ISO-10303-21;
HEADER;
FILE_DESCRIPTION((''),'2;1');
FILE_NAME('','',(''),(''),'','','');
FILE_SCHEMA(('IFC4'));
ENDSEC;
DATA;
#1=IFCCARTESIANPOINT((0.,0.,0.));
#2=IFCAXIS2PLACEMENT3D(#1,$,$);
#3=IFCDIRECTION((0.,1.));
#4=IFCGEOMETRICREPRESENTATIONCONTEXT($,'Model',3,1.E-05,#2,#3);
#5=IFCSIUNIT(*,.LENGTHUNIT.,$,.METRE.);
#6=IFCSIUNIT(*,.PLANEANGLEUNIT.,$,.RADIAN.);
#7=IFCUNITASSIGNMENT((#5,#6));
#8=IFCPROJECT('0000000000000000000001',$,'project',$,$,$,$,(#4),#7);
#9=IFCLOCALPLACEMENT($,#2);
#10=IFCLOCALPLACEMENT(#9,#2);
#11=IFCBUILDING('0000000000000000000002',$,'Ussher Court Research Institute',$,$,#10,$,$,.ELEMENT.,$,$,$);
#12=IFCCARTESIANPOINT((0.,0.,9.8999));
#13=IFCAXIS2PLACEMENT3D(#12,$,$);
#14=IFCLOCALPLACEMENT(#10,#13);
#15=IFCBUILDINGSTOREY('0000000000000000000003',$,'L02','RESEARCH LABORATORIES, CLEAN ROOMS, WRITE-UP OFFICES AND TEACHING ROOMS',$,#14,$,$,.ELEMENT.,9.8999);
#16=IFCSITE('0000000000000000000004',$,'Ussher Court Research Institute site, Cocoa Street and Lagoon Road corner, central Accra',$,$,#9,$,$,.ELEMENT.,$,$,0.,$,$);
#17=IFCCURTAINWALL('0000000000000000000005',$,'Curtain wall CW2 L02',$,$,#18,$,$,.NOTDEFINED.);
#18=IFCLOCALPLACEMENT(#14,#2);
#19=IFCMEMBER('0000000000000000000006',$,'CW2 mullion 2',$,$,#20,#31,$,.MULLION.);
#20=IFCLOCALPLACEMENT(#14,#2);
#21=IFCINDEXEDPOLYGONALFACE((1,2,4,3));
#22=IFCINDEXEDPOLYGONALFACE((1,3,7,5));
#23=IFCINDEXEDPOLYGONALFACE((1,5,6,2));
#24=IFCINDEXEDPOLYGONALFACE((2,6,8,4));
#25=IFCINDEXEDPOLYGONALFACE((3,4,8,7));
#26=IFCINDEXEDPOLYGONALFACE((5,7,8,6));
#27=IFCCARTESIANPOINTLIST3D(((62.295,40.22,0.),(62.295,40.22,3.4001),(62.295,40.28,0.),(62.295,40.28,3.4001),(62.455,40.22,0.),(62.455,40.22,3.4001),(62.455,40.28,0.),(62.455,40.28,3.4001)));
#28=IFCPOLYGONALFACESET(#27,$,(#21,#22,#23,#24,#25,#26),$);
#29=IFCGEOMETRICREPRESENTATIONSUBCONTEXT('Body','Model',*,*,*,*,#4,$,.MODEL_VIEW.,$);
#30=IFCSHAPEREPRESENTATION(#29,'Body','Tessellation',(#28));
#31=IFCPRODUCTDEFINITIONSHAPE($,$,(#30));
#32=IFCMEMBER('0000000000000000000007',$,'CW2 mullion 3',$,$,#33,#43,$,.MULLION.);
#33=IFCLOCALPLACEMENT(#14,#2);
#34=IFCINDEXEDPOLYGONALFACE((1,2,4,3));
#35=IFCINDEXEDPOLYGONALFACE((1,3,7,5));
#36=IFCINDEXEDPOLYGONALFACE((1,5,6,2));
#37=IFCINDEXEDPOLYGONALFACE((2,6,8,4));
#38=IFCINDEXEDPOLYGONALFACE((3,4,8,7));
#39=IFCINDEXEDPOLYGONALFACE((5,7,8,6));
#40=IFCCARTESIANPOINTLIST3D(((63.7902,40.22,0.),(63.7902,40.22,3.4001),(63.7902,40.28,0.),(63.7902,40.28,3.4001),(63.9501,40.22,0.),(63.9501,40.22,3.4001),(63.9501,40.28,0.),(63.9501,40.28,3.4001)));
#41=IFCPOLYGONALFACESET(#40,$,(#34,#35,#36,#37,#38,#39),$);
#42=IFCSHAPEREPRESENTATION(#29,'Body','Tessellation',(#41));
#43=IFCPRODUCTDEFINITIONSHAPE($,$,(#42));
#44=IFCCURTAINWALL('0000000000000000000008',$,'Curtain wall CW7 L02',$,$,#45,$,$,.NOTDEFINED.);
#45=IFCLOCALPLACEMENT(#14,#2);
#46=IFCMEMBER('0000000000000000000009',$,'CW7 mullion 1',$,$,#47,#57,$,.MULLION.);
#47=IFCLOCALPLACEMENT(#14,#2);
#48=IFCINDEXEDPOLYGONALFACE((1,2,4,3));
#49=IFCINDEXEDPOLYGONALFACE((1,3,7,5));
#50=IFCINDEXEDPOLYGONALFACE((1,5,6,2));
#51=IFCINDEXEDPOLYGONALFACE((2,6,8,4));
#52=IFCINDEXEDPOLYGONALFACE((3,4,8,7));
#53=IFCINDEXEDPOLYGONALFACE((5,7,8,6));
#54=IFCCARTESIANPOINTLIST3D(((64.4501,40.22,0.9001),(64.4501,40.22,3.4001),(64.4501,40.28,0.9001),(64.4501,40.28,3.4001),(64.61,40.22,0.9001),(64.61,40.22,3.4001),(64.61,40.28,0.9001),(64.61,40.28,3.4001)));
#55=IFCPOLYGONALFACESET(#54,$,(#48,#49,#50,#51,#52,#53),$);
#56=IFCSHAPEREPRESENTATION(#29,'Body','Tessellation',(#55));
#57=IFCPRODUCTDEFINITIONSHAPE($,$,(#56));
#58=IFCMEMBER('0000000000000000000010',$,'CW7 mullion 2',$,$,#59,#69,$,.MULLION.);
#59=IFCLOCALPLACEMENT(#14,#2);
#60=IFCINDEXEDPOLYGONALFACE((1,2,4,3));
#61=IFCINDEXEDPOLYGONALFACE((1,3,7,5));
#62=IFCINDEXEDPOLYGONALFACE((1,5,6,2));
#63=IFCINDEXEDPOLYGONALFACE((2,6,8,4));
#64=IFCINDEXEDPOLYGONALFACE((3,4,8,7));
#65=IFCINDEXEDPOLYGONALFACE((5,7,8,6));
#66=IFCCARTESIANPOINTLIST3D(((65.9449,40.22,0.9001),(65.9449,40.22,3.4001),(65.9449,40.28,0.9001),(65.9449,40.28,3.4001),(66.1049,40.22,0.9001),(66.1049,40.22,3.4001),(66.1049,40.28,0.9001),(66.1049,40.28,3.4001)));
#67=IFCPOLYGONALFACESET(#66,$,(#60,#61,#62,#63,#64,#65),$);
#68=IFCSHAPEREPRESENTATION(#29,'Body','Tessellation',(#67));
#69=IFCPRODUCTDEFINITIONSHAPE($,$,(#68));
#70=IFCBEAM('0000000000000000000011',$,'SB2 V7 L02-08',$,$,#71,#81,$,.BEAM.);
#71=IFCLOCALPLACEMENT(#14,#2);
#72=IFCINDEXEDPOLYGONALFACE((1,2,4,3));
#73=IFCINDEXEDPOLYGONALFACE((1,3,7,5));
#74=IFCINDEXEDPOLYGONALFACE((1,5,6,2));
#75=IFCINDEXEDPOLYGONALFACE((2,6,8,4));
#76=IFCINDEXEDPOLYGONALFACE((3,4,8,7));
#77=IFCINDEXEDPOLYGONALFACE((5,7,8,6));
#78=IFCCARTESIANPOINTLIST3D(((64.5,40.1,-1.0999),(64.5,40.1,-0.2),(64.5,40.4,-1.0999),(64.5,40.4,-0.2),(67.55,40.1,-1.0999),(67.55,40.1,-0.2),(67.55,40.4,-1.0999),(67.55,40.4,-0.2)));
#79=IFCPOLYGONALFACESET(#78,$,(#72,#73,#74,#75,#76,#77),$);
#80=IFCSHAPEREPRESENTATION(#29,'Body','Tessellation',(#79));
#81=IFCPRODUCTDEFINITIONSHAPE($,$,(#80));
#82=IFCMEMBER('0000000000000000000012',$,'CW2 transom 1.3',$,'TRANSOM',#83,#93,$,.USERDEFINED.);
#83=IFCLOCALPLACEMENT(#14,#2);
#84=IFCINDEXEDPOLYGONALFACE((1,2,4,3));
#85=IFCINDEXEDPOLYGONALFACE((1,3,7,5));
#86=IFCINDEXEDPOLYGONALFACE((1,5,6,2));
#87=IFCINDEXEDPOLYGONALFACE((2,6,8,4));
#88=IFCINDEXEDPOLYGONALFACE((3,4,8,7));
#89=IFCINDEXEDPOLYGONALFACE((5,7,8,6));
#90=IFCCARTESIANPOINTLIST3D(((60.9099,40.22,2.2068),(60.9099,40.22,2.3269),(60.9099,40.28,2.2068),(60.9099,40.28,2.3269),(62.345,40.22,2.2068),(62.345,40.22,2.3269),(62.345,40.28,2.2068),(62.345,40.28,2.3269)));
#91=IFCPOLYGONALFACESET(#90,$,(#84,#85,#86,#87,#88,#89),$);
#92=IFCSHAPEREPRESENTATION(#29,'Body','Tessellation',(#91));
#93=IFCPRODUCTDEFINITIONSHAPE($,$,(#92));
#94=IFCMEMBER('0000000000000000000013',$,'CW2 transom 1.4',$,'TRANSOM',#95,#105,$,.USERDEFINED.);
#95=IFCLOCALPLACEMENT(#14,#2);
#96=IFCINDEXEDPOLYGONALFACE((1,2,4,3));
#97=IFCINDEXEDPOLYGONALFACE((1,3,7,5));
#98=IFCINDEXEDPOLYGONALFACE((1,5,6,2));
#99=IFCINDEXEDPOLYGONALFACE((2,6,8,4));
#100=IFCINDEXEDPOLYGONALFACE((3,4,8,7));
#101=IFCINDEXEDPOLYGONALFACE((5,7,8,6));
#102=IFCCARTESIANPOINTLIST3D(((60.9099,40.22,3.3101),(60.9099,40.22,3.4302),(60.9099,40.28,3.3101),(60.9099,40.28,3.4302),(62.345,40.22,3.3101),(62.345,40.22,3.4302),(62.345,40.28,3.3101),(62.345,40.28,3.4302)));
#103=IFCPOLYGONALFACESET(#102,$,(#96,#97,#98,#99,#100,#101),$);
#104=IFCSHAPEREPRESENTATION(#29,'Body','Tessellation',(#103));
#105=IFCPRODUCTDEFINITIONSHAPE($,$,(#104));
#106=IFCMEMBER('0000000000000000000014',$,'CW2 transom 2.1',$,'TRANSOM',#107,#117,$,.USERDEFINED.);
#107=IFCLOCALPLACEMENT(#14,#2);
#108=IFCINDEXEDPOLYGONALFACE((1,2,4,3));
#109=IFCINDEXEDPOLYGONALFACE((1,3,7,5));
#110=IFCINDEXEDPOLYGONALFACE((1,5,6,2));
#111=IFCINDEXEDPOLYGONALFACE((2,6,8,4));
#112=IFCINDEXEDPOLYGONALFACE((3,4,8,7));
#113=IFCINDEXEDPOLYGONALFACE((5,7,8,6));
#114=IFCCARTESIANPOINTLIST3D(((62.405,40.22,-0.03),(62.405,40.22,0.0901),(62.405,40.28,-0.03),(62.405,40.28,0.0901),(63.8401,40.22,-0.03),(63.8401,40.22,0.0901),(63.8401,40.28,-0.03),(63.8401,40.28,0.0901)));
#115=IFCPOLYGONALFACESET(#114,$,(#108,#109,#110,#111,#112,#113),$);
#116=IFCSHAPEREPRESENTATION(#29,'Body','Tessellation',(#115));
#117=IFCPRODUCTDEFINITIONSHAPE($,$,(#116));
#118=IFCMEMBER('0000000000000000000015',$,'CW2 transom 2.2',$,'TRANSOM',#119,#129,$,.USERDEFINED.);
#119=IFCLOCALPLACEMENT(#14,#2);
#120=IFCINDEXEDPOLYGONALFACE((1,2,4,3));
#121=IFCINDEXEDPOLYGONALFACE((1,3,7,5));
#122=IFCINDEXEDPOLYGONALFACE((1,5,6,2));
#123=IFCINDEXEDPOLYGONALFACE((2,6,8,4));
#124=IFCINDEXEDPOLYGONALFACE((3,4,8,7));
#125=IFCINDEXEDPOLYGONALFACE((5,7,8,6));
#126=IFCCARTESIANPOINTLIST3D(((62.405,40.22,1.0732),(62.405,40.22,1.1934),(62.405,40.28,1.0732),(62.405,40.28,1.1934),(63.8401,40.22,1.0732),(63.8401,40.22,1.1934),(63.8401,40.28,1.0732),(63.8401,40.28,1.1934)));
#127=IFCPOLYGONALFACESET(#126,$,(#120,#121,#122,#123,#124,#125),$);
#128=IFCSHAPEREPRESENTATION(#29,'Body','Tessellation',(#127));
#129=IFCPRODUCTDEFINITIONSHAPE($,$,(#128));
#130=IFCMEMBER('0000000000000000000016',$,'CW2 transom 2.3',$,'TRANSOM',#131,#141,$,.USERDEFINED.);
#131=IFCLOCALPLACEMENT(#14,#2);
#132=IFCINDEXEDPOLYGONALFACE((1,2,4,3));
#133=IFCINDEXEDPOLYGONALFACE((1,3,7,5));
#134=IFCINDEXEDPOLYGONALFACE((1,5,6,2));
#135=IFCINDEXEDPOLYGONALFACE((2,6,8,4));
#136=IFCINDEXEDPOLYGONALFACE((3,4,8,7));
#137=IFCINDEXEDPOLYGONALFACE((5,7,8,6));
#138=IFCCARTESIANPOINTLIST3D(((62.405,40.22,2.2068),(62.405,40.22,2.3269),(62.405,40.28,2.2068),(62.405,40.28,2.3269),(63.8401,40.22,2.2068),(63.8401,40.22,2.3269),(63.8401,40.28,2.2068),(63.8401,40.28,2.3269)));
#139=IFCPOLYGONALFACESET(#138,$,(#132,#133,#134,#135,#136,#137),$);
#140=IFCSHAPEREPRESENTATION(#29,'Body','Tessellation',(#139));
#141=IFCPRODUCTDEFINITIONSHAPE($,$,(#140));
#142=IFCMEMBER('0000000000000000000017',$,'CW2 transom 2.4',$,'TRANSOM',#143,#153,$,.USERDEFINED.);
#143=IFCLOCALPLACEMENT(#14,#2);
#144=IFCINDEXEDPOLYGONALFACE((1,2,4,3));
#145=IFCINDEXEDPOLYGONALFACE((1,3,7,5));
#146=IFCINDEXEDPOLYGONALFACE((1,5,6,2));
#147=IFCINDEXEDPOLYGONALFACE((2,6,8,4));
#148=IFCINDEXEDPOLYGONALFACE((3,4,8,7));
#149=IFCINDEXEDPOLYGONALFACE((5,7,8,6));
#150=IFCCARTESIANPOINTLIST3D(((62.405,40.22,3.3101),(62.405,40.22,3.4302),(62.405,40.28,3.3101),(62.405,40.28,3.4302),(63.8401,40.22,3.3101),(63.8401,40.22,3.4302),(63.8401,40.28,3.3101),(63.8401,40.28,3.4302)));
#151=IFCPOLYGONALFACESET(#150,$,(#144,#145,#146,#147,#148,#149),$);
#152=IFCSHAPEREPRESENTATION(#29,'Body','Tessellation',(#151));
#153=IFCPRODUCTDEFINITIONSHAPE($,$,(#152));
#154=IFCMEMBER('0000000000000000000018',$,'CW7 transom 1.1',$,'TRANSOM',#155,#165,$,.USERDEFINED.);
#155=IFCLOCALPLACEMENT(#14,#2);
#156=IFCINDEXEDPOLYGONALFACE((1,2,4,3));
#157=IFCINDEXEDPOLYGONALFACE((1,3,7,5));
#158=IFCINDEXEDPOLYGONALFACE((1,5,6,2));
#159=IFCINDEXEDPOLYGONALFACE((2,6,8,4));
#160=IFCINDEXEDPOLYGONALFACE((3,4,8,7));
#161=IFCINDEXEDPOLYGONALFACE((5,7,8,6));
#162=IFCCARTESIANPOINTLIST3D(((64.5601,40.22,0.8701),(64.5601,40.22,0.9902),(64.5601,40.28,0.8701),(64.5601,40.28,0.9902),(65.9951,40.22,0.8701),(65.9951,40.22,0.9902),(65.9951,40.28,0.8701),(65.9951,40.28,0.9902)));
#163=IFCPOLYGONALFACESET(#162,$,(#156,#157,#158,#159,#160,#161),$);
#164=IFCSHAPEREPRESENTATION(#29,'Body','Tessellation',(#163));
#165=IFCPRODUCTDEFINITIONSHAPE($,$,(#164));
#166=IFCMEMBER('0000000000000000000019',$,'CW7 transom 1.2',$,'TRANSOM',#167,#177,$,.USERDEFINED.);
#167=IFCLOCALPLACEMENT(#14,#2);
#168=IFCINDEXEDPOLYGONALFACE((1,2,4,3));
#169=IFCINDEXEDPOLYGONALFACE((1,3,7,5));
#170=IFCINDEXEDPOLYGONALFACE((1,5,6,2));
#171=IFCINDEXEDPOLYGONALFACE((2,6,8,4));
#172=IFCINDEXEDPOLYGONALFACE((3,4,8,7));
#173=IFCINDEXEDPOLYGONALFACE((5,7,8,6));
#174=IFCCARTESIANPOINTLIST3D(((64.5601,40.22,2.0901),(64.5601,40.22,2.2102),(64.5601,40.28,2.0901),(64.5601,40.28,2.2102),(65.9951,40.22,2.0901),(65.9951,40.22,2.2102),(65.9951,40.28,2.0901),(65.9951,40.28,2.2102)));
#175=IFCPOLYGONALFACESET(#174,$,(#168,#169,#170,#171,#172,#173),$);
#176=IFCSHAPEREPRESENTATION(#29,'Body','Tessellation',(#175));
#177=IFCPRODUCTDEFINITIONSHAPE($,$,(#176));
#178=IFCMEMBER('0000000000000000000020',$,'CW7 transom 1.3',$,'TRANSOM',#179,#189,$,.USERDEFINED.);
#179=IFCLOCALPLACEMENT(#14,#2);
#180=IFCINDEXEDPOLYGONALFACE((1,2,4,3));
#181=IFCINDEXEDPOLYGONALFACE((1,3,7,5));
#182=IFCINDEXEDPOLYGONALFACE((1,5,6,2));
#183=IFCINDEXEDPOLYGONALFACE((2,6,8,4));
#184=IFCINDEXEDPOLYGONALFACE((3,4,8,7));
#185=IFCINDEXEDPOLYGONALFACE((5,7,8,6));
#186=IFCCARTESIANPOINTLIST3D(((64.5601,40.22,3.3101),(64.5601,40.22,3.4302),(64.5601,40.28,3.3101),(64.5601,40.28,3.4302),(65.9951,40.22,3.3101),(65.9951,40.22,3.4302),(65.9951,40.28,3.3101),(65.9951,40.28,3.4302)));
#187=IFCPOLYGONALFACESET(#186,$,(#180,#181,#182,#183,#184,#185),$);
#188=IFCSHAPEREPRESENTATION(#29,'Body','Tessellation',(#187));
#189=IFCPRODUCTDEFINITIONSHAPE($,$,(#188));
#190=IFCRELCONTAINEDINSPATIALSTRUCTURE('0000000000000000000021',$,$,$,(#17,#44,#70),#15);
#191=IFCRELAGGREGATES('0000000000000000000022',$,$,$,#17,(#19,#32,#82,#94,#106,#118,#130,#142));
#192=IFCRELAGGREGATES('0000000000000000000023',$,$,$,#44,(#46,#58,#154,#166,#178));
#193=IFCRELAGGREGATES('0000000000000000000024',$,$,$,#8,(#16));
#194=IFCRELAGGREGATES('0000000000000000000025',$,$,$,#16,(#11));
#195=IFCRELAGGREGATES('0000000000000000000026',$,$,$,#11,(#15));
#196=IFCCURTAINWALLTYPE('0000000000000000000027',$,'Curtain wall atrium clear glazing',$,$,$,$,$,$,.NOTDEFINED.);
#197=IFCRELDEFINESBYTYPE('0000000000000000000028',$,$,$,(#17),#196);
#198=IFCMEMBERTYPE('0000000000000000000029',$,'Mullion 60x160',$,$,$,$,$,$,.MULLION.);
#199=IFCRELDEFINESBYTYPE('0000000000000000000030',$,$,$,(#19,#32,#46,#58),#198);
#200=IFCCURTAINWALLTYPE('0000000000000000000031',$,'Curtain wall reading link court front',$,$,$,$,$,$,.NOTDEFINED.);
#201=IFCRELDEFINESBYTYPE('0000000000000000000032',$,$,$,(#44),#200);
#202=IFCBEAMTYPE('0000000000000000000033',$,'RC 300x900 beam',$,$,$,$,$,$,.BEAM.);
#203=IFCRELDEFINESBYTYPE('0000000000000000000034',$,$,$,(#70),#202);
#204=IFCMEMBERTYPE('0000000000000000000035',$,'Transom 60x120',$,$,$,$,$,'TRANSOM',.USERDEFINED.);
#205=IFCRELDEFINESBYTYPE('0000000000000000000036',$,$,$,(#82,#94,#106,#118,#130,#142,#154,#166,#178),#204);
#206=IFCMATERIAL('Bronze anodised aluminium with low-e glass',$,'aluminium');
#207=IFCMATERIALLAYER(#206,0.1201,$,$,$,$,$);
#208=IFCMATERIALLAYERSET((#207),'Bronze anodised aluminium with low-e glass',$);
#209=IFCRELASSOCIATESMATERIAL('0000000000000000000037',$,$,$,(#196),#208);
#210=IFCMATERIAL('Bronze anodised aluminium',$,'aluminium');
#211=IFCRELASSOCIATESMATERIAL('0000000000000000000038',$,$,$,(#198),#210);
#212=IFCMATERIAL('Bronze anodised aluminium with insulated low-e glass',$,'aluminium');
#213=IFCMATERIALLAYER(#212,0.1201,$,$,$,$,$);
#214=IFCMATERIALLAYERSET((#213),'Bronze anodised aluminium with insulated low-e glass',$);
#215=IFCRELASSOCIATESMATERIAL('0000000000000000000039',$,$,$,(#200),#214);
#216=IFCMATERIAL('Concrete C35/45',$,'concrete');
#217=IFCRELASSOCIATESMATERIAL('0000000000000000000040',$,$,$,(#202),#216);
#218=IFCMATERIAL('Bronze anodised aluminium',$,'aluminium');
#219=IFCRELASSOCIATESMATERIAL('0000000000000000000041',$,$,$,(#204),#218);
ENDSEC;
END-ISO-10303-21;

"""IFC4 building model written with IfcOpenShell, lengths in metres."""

from ifc_helpers import new_model, si_unit, direction, frame, origin, origin_2d, place, context, subcontext, project, spatial, rectangle, extrude, material, layer, layer_set, material_profile, profile_set, type_object, element, aggregate, save


model = new_model("IFC4")

# Units and contexts
model_context = context("Model", 3, precision=1e-05, world=origin(), true_north=direction((0.0, 1.0)))
body_context = subcontext(model_context, "Body", "Model", "MODEL_VIEW")
ifc_project = project(units=[si_unit("LENGTHUNIT", "METRE"), si_unit("PLANEANGLEUNIT", "RADIAN")], contexts=[model_context])

# Site, building, storey
site_placement = place(None, origin())
site = spatial("IfcSite", under=ifc_project, at=site_placement, Name="Ussher Court Research Institute site, Cocoa Street and Lagoon Road corner, central Accra", CompositionType="ELEMENT", RefElevation=0.0)
building_placement = place(site_placement, origin())
building = spatial("IfcBuilding", under=site, at=building_placement, Name="Ussher Court Research Institute", CompositionType="ELEMENT")
storey_placement = place(building_placement, frame((0.0, 0.0, 9.8999)))
storey = spatial("IfcBuildingStorey", under=building, at=storey_placement, Name="L02", Description="RESEARCH LABORATORIES, CLEAN ROOMS, WRITE-UP OFFICES AND TEACHING ROOMS", CompositionType="ELEMENT", Elevation=9.8999)

# Curtain walls, members
ifc_material_1 = material(Name="Bronze anodised aluminium with low-e glass", Category="aluminium")
ifc_layer_1 = layer(ifc_material_1, 0.1201)
ifc_layer_set_1 = layer_set([ifc_layer_1], Name="Bronze anodised aluminium with low-e glass")
curtain_wall_type_1 = type_object("IfcCurtainWallType", Name="Curtain wall atrium clear glazing", PredefinedType="NOTDEFINED", material=ifc_layer_set_1)
curtain_wall_1_placement = place(storey_placement, origin())
curtain_wall_1 = element("IfcCurtainWall", 1, at=curtain_wall_1_placement, inside=storey, type_object=curtain_wall_type_1, Name="Curtain wall CW2 L02", PredefinedType="NOTDEFINED")
ifc_material_2 = material(Name="Bronze anodised aluminium", Category="aluminium")
ifc_material_profile_1 = material_profile(ifc_material_2, rectangle(XDim=0.0601, YDim=0.1599, at=origin_2d()), Name="Mullion 60x160")
ifc_profile_set_1 = profile_set([ifc_material_profile_1], Name="Bronze anodised aluminium")
member_type_1 = type_object("IfcMemberType", Name="Mullion 60x160", PredefinedType="MULLION", material=ifc_profile_set_1)
member_1_placement = place(storey_placement, frame((62.375, 40.25, 0.0), z_axis=(0.0, 0.0, 1.0), x_axis=(0.0, 1.0, 0.0)))
member_1 = element("IfcMember", 2, at=member_1_placement, type_object=member_type_1, Name="CW2 mullion 2", PredefinedType="MULLION", context=body_context, shape_type="SweptSolid", body=[
    extrude(rectangle(XDim=0.0601, YDim=0.1599, at=origin_2d()), origin(), (0.0, 0.0, 1.0), 3.4001),
])
member_2_placement = place(storey_placement, frame((63.8701, 40.25, 0.0), z_axis=(0.0, 0.0, 1.0), x_axis=(0.0, 1.0, 0.0)))
member_2 = element("IfcMember", 3, at=member_2_placement, type_object=member_type_1, Name="CW2 mullion 3", PredefinedType="MULLION", context=body_context, shape_type="SweptSolid", body=[
    extrude(rectangle(XDim=0.0601, YDim=0.1599, at=origin_2d()), origin(), (0.0, 0.0, 1.0), 3.4001),
])
ifc_material_3 = material(Name="Bronze anodised aluminium with insulated low-e glass", Category="aluminium")
ifc_layer_2 = layer(ifc_material_3, 0.1201)
ifc_layer_set_2 = layer_set([ifc_layer_2], Name="Bronze anodised aluminium with insulated low-e glass")
curtain_wall_type_2 = type_object("IfcCurtainWallType", Name="Curtain wall reading link court front", PredefinedType="NOTDEFINED", material=ifc_layer_set_2)
curtain_wall_2_placement = place(storey_placement, origin())
curtain_wall_2 = element("IfcCurtainWall", 4, at=curtain_wall_2_placement, inside=storey, type_object=curtain_wall_type_2, Name="Curtain wall CW7 L02", PredefinedType="NOTDEFINED")
member_3_placement = place(storey_placement, frame((64.53, 40.25, 0.9001), z_axis=(0.0, 0.0, 1.0), x_axis=(0.0, 1.0, 0.0)))
member_3 = element("IfcMember", 5, at=member_3_placement, type_object=member_type_1, Name="CW7 mullion 1", PredefinedType="MULLION", context=body_context, shape_type="SweptSolid", body=[
    extrude(rectangle(XDim=0.0601, YDim=0.1599, at=origin_2d()), origin(), (0.0, 0.0, 1.0), 2.5),
])
member_4_placement = place(storey_placement, frame((66.0249, 40.25, 0.9001), z_axis=(0.0, 0.0, 1.0), x_axis=(0.0, 1.0, 0.0)))
member_4 = element("IfcMember", 6, at=member_4_placement, type_object=member_type_1, Name="CW7 mullion 2", PredefinedType="MULLION", context=body_context, shape_type="SweptSolid", body=[
    extrude(rectangle(XDim=0.0601, YDim=0.1599, at=origin_2d()), origin(), (0.0, 0.0, 1.0), 2.5),
])

# Beam
ifc_material_4 = material(Name="Concrete C35/45", Category="concrete")
ifc_material_profile_2 = material_profile(ifc_material_4, rectangle(XDim=0.3, YDim=0.8999, at=origin_2d()), Name="RC 300x900")
ifc_profile_set_2 = profile_set([ifc_material_profile_2], Name="Concrete C35/45")
beam_type = type_object("IfcBeamType", Name="RC 300x900 beam", PredefinedType="BEAM", material=ifc_profile_set_2)
beam_placement = place(storey_placement, frame((64.5, 40.25, -0.6499), z_axis=(1.0, 0.0, 0.0), x_axis=(0.0, 1.0, 0.0)))
element("IfcBeam", 7, at=beam_placement, inside=storey, type_object=beam_type, Name="SB2 V7 L02-08", PredefinedType="BEAM", context=body_context, shape_type="SweptSolid", body=[
    extrude(rectangle(XDim=0.3, YDim=0.8999, at=origin_2d()), origin(), (0.0, 0.0, 1.0), 3.05),
])

# Members
ifc_material_5 = material(Name="Bronze anodised aluminium", Category="aluminium")
ifc_material_profile_3 = material_profile(ifc_material_5, rectangle(XDim=0.0601, YDim=0.1201, at=origin_2d()), Name="Transom 60x120")
ifc_profile_set_3 = profile_set([ifc_material_profile_3], Name="Bronze anodised aluminium")
member_type_2 = type_object("IfcMemberType", Name="Transom 60x120", ElementType="TRANSOM", PredefinedType="USERDEFINED", material=ifc_profile_set_3)
member_5_placement = place(storey_placement, frame((60.9099, 40.25, 2.2668), z_axis=(1.0, 0.0, 0.0), x_axis=(0.0, 1.0, 0.0)))
member_5 = element("IfcMember", 8, at=member_5_placement, type_object=member_type_2, Name="CW2 transom 1.3", ObjectType="TRANSOM", PredefinedType="USERDEFINED", context=body_context, shape_type="SweptSolid", body=[
    extrude(rectangle(XDim=0.0601, YDim=0.1201, at=origin_2d()), origin(), (0.0, 0.0, 1.0), 1.4351),
])
member_6_placement = place(storey_placement, frame((60.9099, 40.25, 3.3701), z_axis=(1.0, 0.0, 0.0), x_axis=(0.0, 1.0, 0.0)))
member_6 = element("IfcMember", 9, at=member_6_placement, type_object=member_type_2, Name="CW2 transom 1.4", ObjectType="TRANSOM", PredefinedType="USERDEFINED", context=body_context, shape_type="SweptSolid", body=[
    extrude(rectangle(XDim=0.0601, YDim=0.1201, at=origin_2d()), origin(), (0.0, 0.0, 1.0), 1.4351),
])
member_7_placement = place(storey_placement, frame((62.405, 40.25, 0.03), z_axis=(1.0, 0.0, 0.0), x_axis=(0.0, 1.0, 0.0)))
member_7 = element("IfcMember", 10, at=member_7_placement, type_object=member_type_2, Name="CW2 transom 2.1", ObjectType="TRANSOM", PredefinedType="USERDEFINED", context=body_context, shape_type="SweptSolid", body=[
    extrude(rectangle(XDim=0.0601, YDim=0.1201, at=origin_2d()), origin(), (0.0, 0.0, 1.0), 1.4351),
])
member_8_placement = place(storey_placement, frame((62.405, 40.25, 1.1333), z_axis=(1.0, 0.0, 0.0), x_axis=(0.0, 1.0, 0.0)))
member_8 = element("IfcMember", 11, at=member_8_placement, type_object=member_type_2, Name="CW2 transom 2.2", ObjectType="TRANSOM", PredefinedType="USERDEFINED", context=body_context, shape_type="SweptSolid", body=[
    extrude(rectangle(XDim=0.0601, YDim=0.1201, at=origin_2d()), origin(), (0.0, 0.0, 1.0), 1.4351),
])
member_9_placement = place(storey_placement, frame((62.405, 40.25, 2.2668), z_axis=(1.0, 0.0, 0.0), x_axis=(0.0, 1.0, 0.0)))
member_9 = element("IfcMember", 12, at=member_9_placement, type_object=member_type_2, Name="CW2 transom 2.3", ObjectType="TRANSOM", PredefinedType="USERDEFINED", context=body_context, shape_type="SweptSolid", body=[
    extrude(rectangle(XDim=0.0601, YDim=0.1201, at=origin_2d()), origin(), (0.0, 0.0, 1.0), 1.4351),
])
member_10_placement = place(storey_placement, frame((62.405, 40.25, 3.3701), z_axis=(1.0, 0.0, 0.0), x_axis=(0.0, 1.0, 0.0)))
member_10 = element("IfcMember", 13, at=member_10_placement, type_object=member_type_2, Name="CW2 transom 2.4", ObjectType="TRANSOM", PredefinedType="USERDEFINED", context=body_context, shape_type="SweptSolid", body=[
    extrude(rectangle(XDim=0.0601, YDim=0.1201, at=origin_2d()), origin(), (0.0, 0.0, 1.0), 1.4351),
])
member_11_placement = place(storey_placement, frame((64.5601, 40.25, 0.9302), z_axis=(1.0, 0.0, 0.0), x_axis=(0.0, 1.0, 0.0)))
member_11 = element("IfcMember", 14, at=member_11_placement, type_object=member_type_2, Name="CW7 transom 1.1", ObjectType="TRANSOM", PredefinedType="USERDEFINED", context=body_context, shape_type="SweptSolid", body=[
    extrude(rectangle(XDim=0.0601, YDim=0.1201, at=origin_2d()), origin(), (0.0, 0.0, 1.0), 1.4351),
])
member_12_placement = place(storey_placement, frame((64.5601, 40.25, 2.1501), z_axis=(1.0, 0.0, 0.0), x_axis=(0.0, 1.0, 0.0)))
member_12 = element("IfcMember", 15, at=member_12_placement, type_object=member_type_2, Name="CW7 transom 1.2", ObjectType="TRANSOM", PredefinedType="USERDEFINED", context=body_context, shape_type="SweptSolid", body=[
    extrude(rectangle(XDim=0.0601, YDim=0.1201, at=origin_2d()), origin(), (0.0, 0.0, 1.0), 1.4351),
])
member_13_placement = place(storey_placement, frame((64.5601, 40.25, 3.3701), z_axis=(1.0, 0.0, 0.0), x_axis=(0.0, 1.0, 0.0)))
member_13 = element("IfcMember", 16, at=member_13_placement, type_object=member_type_2, Name="CW7 transom 1.3", ObjectType="TRANSOM", PredefinedType="USERDEFINED", context=body_context, shape_type="SweptSolid", body=[
    extrude(rectangle(XDim=0.0601, YDim=0.1201, at=origin_2d()), origin(), (0.0, 0.0, 1.0), 1.4351),
])

aggregate(curtain_wall_1, [member_1, member_2, member_5, member_6, member_7, member_8, member_9, member_10])
aggregate(curtain_wall_2, [member_3, member_4, member_11, member_12, member_13])

save(model, "model.ifc")
